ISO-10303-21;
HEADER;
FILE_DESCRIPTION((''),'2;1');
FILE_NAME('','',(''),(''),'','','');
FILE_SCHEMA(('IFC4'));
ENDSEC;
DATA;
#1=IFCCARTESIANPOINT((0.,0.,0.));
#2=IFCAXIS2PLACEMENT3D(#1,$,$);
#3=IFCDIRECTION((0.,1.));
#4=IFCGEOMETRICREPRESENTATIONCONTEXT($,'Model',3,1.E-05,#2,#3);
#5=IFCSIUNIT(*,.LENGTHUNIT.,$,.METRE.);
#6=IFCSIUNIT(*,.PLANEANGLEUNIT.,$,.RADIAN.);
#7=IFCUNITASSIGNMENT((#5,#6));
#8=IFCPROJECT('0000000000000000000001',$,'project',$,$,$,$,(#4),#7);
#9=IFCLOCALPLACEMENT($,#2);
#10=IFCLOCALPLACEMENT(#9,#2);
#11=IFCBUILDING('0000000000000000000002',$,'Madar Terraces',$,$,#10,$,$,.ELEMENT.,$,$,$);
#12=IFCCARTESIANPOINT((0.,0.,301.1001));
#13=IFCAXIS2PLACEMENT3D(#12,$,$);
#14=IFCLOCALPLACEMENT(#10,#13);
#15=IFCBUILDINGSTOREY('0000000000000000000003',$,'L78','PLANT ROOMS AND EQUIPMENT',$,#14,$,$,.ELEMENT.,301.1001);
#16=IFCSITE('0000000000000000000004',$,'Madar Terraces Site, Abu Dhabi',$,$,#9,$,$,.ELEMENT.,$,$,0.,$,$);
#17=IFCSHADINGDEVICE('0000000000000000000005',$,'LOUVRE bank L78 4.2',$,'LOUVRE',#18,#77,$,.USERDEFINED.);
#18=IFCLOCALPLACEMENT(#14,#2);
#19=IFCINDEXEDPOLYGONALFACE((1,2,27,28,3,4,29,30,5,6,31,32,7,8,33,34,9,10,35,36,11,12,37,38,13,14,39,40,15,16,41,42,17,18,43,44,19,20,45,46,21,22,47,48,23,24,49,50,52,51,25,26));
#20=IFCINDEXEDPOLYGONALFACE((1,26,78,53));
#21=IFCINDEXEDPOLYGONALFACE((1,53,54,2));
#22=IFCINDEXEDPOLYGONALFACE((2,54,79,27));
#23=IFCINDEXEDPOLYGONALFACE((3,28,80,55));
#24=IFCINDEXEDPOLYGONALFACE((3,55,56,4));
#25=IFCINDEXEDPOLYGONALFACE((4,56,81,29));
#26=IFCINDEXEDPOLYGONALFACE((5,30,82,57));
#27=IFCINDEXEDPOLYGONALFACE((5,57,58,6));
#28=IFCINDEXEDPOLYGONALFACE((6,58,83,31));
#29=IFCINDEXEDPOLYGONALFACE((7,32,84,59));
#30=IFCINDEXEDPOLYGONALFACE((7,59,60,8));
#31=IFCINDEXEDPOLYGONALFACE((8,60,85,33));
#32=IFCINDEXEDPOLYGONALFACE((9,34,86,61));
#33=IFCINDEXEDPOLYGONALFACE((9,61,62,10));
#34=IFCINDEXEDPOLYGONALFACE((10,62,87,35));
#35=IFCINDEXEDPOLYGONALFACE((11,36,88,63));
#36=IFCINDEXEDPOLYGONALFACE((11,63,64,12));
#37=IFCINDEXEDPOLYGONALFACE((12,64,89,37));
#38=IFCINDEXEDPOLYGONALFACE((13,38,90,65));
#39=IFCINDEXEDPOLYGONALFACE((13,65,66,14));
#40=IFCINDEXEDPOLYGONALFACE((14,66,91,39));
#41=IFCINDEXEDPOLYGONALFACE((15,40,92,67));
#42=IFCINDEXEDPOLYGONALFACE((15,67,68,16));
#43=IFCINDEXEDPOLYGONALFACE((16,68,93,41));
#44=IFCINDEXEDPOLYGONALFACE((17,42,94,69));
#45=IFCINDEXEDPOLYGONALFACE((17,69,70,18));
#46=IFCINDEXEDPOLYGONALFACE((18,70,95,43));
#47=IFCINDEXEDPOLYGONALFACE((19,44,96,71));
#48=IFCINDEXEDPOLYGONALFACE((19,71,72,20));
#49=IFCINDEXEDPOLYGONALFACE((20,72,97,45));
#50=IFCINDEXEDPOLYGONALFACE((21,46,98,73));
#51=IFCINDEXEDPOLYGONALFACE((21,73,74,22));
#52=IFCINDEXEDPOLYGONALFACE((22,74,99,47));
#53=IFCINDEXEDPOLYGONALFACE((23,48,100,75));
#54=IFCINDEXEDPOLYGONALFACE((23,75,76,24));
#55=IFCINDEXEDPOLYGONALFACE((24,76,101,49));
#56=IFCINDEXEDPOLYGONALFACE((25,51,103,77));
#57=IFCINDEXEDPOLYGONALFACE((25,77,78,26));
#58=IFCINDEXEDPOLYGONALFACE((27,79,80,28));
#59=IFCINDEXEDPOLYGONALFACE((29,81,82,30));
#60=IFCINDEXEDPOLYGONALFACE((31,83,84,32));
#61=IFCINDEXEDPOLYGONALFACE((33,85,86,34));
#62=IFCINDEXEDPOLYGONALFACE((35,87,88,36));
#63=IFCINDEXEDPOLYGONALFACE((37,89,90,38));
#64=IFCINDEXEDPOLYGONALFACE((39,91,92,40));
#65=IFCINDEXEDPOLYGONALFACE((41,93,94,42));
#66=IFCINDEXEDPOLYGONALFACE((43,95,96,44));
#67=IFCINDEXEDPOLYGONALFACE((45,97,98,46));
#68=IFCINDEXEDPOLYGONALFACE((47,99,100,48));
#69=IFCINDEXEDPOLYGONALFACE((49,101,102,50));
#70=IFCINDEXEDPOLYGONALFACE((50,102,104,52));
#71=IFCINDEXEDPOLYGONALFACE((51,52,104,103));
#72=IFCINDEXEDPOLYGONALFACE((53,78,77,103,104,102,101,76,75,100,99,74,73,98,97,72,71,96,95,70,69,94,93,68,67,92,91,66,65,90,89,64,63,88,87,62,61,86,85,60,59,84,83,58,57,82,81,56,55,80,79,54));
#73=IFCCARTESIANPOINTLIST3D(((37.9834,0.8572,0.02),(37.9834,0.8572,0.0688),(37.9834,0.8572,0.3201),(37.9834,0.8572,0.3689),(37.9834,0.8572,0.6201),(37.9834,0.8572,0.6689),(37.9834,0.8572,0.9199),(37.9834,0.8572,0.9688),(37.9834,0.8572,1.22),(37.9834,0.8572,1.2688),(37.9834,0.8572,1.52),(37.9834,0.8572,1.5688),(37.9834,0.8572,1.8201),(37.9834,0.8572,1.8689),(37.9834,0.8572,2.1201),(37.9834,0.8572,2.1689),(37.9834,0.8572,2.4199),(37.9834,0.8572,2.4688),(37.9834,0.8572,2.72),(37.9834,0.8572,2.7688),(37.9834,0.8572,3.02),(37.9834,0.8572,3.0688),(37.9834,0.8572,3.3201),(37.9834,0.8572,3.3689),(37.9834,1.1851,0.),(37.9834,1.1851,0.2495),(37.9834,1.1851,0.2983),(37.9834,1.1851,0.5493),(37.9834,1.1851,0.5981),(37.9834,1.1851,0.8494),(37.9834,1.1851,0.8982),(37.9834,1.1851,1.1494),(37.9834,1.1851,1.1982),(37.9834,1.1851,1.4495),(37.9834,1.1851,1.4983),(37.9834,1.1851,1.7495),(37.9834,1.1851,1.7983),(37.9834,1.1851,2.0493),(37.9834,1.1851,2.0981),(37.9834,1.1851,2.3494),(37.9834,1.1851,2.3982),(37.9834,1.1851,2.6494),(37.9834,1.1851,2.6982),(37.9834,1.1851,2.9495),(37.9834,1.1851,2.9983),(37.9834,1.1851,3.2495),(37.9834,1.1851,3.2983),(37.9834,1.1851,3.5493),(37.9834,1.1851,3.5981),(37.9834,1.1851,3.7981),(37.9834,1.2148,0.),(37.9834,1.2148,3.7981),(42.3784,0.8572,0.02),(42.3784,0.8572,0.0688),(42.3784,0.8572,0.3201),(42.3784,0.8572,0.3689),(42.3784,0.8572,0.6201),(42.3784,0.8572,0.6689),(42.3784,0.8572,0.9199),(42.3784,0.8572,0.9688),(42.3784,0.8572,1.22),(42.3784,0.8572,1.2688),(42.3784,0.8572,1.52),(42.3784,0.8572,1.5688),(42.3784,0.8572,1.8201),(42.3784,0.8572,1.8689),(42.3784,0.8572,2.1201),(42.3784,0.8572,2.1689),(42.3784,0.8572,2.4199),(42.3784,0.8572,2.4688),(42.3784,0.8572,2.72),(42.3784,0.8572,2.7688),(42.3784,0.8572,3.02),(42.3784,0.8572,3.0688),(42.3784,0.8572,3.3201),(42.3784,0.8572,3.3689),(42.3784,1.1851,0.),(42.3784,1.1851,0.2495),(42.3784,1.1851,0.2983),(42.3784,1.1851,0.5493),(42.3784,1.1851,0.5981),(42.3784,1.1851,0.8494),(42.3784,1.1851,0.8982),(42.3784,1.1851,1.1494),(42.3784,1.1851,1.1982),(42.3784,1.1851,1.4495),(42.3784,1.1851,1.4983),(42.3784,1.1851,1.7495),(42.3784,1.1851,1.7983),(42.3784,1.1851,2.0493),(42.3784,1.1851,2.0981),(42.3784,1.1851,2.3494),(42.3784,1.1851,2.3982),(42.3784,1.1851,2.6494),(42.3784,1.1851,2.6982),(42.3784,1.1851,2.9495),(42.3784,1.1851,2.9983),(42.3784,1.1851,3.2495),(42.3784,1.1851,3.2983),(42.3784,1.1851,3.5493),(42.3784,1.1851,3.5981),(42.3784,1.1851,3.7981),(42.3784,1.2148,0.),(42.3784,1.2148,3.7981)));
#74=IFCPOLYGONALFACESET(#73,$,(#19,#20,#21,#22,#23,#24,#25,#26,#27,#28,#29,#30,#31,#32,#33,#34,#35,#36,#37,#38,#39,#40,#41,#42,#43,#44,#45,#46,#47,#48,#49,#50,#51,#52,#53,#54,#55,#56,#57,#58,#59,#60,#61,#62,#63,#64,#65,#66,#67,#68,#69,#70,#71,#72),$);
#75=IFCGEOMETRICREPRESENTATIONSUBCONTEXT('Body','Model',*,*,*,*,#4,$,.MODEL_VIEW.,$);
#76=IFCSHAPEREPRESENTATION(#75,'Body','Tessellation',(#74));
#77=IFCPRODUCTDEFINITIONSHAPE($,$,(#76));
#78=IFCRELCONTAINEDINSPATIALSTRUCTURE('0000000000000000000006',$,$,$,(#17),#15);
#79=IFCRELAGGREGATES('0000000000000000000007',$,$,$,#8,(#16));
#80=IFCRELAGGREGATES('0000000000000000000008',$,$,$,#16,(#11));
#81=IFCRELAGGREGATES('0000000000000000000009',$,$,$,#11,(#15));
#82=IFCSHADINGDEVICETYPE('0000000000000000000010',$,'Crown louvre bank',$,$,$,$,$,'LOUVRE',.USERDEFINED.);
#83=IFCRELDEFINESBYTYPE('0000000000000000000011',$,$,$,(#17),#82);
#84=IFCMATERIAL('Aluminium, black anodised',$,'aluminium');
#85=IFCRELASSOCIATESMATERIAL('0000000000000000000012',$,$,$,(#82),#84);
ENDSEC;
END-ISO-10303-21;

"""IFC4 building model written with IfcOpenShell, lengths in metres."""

from ifc_helpers import new_model, si_unit, direction, frame, origin, place, context, subcontext, project, spatial, polyline, outline, extrude, material, type_object, element, save


model = new_model("IFC4")

# Units and contexts
model_context = context("Model", 3, precision=1e-05, world=origin(), true_north=direction((0.0, 1.0)))
body_context = subcontext(model_context, "Body", "Model", "MODEL_VIEW")
ifc_project = project(units=[si_unit("LENGTHUNIT", "METRE"), si_unit("PLANEANGLEUNIT", "RADIAN")], contexts=[model_context])

# Site, building, storey
site_placement = place(None, origin())
site = spatial("IfcSite", under=ifc_project, at=site_placement, Name="Madar Terraces Site, Abu Dhabi", CompositionType="ELEMENT", RefElevation=0.0)
building_placement = place(site_placement, origin())
building = spatial("IfcBuilding", under=site, at=building_placement, Name="Madar Terraces", CompositionType="ELEMENT")
storey_placement = place(building_placement, frame((0.0, 0.0, 301.1001)))
storey = spatial("IfcBuildingStorey", under=building, at=storey_placement, Name="L78", Description="PLANT ROOMS AND EQUIPMENT", CompositionType="ELEMENT", Elevation=301.1001)

# Shading device
ifc_material_1 = material(Name="Aluminium, black anodised", Category="aluminium")
shading_device_type = type_object("IfcShadingDeviceType", Name="Crown louvre bank", ElementType="LOUVRE", PredefinedType="USERDEFINED", material=ifc_material_1)
shading_device_1_placement = place(storey_placement, frame((37.9834, 1.2, 0.0), z_axis=(1.0, 0.0, 0.0), x_axis=(0.0, 1.0, 0.0)))
element("IfcShadingDevice", 1, at=shading_device_1_placement, inside=storey, type_object=shading_device_type, Name="LOUVRE bank L78 4.2", ObjectType="LOUVRE", PredefinedType="USERDEFINED", context=body_context, shape_type="SweptSolid", body=[
    extrude(outline(polyline([(0.0149, 0.0), (-0.0149, 0.0), (-0.0149, 0.2495), (-0.3428, 0.02), (-0.3428, 0.0688), (-0.0149, 0.2983), (-0.0149, 0.5493), (-0.3428, 0.3201), (-0.3428, 0.3689), (-0.0149, 0.5981), (-0.0149, 0.8494), (-0.3428, 0.6201), (-0.3428, 0.6689), (-0.0149, 0.8982), (-0.0149, 1.1494), (-0.3428, 0.9199), (-0.3428, 0.9688), (-0.0149, 1.1982), (-0.0149, 1.4495), (-0.3428, 1.22), (-0.3428, 1.2688), (-0.0149, 1.4983), (-0.0149, 1.7495), (-0.3428, 1.52), (-0.3428, 1.5688), (-0.0149, 1.7983), (-0.0149, 2.0493), (-0.3428, 1.8201), (-0.3428, 1.8689), (-0.0149, 2.0981), (-0.0149, 2.3494), (-0.3428, 2.1201), (-0.3428, 2.1689), (-0.0149, 2.3982), (-0.0149, 2.6494), (-0.3428, 2.4199), (-0.3428, 2.4688), (-0.0149, 2.6982), (-0.0149, 2.9495), (-0.3428, 2.72), (-0.3428, 2.7688), (-0.0149, 2.9983), (-0.0149, 3.2495), (-0.3428, 3.02), (-0.3428, 3.0688), (-0.0149, 3.2983), (-0.0149, 3.5493), (-0.3428, 3.3201), (-0.3428, 3.3689), (-0.0149, 3.5981), (-0.0149, 3.7981), (0.0149, 3.7981), (0.0149, 0.0)])), origin(), (0.0, 0.0, 1.0), 4.395),
])

save(model, "model.ifc")
